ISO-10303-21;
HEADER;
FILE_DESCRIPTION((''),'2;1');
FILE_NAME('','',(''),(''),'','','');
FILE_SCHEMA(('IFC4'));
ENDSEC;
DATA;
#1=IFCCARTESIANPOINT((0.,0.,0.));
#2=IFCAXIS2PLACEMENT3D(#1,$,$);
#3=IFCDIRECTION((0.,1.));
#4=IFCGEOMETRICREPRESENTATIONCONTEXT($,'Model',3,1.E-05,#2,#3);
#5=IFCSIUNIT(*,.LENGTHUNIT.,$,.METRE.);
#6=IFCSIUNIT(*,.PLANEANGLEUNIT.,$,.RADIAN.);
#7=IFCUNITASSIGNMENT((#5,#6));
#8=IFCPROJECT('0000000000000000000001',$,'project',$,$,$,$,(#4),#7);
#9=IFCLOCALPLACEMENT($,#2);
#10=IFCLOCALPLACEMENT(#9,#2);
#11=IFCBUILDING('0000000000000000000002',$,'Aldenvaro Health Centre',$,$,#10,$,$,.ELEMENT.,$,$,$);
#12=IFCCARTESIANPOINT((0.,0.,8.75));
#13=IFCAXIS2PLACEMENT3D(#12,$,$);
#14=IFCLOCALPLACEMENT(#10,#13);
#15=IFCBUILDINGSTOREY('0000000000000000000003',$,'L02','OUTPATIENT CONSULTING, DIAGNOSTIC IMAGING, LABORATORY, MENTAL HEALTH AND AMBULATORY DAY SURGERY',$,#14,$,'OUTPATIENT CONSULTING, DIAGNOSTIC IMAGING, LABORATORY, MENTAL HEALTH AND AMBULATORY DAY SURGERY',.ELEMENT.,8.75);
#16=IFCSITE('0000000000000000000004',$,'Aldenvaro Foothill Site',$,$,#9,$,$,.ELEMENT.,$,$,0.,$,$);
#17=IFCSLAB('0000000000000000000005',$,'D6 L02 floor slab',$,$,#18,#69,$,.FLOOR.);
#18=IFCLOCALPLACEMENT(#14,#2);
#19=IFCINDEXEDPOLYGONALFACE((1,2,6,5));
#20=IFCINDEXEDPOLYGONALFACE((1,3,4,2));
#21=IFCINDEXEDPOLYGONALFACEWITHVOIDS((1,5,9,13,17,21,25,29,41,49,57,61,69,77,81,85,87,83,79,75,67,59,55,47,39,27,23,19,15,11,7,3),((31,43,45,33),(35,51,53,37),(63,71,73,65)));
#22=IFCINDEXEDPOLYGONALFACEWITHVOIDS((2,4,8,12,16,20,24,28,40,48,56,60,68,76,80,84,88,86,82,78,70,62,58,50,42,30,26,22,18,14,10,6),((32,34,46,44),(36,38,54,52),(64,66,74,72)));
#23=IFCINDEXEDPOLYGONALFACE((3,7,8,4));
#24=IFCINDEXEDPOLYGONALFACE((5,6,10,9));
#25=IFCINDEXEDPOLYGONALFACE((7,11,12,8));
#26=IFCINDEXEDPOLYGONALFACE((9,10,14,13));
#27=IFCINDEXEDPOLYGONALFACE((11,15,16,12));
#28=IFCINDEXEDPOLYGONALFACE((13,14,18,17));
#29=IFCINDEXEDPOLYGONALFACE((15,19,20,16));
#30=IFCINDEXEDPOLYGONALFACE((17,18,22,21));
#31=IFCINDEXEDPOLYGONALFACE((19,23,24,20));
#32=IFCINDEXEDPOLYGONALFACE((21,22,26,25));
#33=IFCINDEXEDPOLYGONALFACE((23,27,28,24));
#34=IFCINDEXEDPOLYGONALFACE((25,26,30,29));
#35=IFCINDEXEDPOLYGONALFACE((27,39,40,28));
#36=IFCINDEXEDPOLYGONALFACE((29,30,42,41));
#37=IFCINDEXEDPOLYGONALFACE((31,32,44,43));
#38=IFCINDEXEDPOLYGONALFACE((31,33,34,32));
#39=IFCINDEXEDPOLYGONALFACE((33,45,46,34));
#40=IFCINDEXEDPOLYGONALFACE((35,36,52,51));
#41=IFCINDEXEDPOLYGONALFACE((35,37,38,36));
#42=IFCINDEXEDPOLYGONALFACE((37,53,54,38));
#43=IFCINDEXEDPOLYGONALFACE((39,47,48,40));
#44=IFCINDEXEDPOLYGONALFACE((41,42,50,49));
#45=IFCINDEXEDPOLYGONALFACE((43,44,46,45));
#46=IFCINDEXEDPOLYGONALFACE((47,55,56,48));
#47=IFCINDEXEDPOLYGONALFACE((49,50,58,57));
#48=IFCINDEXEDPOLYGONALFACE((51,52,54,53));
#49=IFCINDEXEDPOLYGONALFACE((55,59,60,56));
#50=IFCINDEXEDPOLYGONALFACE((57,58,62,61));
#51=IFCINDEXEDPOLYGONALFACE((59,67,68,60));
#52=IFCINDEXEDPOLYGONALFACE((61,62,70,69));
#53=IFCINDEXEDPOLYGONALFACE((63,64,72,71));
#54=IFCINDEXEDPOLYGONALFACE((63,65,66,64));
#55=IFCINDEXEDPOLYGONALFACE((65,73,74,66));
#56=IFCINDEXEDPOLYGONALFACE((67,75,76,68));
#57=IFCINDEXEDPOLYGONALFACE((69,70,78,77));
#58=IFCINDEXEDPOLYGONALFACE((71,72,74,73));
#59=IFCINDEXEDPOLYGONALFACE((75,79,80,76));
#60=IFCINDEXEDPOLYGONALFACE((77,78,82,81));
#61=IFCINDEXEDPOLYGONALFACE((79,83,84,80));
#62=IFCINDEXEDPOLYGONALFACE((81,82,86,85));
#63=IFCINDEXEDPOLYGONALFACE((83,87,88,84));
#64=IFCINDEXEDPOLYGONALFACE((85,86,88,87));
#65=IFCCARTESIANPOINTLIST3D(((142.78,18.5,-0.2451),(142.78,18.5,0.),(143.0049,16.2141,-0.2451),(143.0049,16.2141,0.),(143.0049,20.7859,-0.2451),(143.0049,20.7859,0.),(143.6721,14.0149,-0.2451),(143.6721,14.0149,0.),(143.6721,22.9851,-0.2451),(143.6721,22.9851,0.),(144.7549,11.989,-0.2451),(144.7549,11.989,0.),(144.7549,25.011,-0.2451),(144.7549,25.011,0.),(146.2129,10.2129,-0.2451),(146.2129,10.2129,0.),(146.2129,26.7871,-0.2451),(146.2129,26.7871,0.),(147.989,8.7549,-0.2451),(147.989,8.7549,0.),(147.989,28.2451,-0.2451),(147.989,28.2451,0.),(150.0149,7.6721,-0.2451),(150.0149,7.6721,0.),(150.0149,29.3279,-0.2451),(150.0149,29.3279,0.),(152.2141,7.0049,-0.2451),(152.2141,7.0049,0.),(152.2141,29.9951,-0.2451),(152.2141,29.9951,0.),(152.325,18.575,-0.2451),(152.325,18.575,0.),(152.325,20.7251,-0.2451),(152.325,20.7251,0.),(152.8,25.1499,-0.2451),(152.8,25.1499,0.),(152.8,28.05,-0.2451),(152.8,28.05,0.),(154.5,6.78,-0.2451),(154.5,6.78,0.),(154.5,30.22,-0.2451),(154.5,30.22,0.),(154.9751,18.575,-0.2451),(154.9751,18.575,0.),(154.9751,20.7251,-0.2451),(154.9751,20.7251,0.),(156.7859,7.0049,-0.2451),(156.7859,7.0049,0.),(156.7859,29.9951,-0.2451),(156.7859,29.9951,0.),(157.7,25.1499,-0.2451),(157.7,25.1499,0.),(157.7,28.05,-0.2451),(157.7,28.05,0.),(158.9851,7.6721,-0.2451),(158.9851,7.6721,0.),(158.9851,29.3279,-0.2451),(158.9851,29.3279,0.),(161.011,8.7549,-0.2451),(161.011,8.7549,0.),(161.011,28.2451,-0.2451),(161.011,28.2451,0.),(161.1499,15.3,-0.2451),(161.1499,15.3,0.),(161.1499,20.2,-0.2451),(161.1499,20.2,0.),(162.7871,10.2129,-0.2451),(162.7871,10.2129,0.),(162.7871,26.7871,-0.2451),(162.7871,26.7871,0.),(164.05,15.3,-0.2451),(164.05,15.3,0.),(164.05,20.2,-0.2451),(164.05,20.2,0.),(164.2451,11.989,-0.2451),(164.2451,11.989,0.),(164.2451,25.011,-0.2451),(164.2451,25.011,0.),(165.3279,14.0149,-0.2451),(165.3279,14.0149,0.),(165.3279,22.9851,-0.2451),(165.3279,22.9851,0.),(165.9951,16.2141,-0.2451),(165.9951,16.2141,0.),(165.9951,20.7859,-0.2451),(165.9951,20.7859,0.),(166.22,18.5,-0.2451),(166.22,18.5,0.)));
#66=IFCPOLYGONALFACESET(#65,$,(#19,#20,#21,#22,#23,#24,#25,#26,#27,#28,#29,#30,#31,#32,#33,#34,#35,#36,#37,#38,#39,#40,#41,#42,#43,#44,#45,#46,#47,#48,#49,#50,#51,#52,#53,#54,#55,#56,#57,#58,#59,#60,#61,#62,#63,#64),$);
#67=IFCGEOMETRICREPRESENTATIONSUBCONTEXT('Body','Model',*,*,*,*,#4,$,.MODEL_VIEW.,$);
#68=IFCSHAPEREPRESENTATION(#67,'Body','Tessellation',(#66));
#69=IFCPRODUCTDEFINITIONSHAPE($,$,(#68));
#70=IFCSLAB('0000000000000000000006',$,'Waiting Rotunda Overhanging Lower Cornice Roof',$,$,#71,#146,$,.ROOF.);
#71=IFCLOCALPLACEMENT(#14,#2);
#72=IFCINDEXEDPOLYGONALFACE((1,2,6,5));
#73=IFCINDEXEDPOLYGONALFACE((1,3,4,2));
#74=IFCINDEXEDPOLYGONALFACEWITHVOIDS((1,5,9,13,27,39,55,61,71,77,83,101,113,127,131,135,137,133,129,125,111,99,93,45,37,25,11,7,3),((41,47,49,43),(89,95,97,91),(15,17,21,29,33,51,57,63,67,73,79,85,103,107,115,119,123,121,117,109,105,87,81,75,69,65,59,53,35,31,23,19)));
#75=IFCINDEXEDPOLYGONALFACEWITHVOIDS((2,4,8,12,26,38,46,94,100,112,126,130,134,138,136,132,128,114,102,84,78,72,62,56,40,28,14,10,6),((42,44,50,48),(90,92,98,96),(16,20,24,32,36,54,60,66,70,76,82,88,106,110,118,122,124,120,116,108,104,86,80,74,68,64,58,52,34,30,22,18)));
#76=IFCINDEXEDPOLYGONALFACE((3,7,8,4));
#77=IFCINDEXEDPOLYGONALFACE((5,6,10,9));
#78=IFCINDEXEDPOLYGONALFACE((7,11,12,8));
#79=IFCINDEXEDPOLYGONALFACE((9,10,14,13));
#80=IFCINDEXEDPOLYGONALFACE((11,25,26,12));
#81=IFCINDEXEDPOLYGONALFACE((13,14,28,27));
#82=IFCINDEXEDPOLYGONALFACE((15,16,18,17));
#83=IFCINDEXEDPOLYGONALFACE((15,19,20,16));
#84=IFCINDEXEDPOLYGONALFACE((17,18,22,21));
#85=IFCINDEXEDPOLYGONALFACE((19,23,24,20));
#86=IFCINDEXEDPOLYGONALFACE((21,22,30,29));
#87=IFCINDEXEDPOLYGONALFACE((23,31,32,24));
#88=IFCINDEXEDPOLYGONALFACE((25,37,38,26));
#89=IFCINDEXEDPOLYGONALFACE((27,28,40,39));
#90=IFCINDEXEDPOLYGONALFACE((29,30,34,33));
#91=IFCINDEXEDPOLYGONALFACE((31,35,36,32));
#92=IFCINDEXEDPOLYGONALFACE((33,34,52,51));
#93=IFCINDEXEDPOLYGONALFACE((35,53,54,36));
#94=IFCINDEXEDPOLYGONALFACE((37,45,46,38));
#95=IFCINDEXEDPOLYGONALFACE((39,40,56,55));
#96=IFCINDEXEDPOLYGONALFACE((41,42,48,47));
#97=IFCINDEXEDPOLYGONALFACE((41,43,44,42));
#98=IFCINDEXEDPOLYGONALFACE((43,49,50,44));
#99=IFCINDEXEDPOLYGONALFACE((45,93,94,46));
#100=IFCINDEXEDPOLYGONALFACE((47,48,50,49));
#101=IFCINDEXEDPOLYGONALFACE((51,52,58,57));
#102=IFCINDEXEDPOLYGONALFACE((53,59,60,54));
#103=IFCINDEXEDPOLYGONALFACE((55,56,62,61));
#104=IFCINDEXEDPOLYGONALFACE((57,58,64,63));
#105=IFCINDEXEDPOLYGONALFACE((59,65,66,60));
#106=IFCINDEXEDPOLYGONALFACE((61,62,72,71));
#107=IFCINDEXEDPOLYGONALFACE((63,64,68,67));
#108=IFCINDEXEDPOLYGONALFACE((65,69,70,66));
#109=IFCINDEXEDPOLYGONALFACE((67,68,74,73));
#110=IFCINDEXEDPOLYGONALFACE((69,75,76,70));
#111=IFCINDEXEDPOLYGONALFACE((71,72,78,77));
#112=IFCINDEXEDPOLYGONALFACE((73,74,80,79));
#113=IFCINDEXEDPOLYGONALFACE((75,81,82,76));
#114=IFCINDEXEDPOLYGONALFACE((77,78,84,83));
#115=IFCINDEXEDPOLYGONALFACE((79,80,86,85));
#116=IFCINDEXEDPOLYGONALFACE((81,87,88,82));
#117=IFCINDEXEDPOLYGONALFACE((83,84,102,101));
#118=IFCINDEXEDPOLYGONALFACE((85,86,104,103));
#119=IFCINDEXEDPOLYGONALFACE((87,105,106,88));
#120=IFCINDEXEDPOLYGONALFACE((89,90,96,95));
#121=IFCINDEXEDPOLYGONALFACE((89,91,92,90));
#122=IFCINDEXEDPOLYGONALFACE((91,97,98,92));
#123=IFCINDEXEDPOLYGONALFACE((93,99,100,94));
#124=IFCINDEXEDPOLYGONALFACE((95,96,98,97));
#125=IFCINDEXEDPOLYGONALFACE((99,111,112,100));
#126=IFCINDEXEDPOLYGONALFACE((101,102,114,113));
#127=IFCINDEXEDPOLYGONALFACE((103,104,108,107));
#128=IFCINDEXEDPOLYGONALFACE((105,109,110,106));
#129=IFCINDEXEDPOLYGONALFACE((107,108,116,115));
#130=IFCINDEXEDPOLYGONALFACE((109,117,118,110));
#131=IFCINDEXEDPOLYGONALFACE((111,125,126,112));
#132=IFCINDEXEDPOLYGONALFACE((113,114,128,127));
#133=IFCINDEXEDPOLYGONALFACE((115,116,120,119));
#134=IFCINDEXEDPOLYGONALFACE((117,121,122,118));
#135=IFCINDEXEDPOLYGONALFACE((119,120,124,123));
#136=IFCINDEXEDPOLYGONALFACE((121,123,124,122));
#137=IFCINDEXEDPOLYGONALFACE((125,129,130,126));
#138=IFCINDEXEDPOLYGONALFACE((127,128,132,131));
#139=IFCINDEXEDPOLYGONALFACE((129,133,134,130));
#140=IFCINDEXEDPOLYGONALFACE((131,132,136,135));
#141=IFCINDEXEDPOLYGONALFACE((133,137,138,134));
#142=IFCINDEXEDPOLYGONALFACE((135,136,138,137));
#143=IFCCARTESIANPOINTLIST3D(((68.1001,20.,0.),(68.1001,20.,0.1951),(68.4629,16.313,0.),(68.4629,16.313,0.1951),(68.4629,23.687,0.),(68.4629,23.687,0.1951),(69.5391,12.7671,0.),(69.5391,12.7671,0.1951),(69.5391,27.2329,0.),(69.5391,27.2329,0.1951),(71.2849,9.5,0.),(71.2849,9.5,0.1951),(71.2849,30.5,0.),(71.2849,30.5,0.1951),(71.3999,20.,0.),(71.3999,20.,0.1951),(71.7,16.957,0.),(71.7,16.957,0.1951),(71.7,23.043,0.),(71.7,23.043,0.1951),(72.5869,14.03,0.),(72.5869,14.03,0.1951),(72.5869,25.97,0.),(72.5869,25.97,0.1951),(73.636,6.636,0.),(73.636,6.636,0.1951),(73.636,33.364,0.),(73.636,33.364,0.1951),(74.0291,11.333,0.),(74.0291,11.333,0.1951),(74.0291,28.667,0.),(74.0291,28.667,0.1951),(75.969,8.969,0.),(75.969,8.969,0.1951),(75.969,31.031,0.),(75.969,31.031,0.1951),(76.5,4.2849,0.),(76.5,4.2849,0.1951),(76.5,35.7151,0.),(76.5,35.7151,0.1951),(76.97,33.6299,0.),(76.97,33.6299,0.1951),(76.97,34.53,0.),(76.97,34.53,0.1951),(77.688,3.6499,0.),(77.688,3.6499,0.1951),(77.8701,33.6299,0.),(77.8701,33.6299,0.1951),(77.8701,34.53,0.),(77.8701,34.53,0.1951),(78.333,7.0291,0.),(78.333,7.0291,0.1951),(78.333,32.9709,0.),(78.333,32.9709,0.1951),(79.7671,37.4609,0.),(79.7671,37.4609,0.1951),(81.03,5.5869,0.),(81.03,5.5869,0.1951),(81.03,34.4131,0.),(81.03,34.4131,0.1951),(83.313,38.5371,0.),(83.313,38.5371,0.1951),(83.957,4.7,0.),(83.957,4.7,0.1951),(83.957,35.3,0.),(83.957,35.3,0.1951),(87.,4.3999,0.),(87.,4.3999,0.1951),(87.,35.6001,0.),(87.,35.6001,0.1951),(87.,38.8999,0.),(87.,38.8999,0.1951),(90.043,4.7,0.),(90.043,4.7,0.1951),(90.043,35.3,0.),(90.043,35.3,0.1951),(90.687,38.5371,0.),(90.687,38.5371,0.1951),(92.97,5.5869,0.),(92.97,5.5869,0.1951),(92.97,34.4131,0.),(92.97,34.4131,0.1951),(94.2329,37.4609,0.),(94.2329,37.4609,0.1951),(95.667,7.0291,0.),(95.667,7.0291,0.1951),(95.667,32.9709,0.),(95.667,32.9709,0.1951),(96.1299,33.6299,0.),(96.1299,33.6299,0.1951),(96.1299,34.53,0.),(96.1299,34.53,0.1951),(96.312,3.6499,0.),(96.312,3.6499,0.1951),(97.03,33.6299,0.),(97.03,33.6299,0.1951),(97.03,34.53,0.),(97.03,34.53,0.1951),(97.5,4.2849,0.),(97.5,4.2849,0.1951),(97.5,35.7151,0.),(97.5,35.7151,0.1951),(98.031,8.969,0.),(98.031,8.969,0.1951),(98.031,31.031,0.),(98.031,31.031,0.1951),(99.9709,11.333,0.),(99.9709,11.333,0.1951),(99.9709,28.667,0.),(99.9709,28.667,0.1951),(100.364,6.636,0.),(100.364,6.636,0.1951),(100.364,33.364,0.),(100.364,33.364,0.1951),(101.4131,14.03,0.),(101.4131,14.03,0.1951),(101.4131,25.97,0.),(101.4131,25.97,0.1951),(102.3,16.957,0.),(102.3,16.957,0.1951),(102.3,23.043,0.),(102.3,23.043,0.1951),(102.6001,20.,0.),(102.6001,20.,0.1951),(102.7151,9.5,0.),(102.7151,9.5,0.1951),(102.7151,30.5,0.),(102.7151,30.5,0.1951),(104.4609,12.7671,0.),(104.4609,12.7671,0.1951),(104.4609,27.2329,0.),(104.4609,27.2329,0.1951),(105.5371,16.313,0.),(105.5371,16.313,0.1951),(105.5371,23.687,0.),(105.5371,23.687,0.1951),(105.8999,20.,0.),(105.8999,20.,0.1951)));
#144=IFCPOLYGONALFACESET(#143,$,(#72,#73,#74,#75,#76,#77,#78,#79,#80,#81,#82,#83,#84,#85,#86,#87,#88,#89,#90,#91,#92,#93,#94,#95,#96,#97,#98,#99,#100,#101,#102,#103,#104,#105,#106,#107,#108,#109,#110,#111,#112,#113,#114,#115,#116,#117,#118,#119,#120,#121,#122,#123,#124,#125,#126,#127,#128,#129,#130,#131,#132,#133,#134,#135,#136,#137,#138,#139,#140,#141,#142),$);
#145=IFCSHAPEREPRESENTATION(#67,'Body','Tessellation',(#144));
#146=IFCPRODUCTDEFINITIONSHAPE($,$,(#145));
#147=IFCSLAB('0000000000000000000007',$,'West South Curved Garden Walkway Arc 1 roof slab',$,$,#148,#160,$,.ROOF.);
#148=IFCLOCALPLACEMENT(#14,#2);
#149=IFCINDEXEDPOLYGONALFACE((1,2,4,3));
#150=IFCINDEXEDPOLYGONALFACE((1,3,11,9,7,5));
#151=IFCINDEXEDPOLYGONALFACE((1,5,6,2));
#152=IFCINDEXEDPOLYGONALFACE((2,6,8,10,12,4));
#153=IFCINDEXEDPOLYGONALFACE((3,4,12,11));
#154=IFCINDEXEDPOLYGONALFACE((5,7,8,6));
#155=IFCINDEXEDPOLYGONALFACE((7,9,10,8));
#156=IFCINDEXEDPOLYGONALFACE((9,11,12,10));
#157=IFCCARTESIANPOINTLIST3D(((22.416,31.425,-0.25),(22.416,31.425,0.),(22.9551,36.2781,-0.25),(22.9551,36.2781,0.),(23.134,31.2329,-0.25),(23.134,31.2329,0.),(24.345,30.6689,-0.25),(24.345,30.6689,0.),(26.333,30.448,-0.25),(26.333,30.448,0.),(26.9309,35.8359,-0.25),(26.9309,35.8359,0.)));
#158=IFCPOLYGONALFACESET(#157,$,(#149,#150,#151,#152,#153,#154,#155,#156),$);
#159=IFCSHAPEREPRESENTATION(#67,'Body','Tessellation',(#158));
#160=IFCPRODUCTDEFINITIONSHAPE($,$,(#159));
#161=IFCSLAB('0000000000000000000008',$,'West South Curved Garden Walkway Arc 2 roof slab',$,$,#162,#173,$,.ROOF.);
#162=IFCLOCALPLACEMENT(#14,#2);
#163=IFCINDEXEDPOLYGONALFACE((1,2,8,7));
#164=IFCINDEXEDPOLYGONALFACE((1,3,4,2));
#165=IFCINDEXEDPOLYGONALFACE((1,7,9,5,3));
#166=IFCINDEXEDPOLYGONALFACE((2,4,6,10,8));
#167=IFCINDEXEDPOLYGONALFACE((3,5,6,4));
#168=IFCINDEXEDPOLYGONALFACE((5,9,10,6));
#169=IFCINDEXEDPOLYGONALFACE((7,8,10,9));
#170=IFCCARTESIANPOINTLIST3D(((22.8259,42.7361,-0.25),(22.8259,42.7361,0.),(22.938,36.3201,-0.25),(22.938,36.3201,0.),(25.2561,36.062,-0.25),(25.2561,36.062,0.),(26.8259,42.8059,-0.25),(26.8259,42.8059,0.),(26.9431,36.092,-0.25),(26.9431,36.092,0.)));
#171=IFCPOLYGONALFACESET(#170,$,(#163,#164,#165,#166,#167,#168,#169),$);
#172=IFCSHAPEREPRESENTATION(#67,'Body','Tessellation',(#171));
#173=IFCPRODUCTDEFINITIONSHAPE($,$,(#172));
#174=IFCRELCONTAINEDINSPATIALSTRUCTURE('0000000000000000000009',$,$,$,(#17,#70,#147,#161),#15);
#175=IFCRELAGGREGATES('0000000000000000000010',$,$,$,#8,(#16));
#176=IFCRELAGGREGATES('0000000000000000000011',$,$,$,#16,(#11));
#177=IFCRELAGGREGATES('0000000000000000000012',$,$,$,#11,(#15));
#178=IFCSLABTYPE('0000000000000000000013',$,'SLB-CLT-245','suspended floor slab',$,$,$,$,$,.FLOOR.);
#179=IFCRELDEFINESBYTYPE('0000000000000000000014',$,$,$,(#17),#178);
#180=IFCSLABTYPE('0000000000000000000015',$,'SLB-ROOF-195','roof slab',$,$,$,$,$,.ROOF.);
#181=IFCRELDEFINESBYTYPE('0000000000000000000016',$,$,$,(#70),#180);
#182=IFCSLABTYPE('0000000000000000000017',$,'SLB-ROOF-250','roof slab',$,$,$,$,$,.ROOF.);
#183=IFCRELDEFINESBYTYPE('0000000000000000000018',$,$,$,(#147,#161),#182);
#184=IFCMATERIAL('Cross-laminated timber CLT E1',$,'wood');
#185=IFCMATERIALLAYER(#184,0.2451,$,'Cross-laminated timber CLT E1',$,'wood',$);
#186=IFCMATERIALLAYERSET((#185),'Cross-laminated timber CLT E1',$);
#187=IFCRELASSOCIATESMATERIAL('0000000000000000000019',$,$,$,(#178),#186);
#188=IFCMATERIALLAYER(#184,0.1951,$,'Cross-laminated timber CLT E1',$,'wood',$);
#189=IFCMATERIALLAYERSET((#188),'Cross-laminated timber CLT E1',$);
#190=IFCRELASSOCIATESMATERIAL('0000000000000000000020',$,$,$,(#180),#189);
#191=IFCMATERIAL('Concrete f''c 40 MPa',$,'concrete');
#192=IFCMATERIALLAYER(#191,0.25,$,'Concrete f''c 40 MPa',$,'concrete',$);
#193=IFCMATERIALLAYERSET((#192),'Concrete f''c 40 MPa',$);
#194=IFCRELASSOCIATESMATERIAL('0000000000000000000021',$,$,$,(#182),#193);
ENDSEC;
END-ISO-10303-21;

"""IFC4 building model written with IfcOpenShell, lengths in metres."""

from ifc_helpers import new_model, si_unit, direction, frame, origin, place, context, subcontext, project, spatial, polyline, outline, extrude, material, layer, layer_set, type_object, element, save


model = new_model("IFC4")

# Units and contexts
model_context = context("Model", 3, precision=1e-05, world=origin(), true_north=direction((0.0, 1.0)))
body_context = subcontext(model_context, "Body", "Model", "MODEL_VIEW")
ifc_project = project(units=[si_unit("LENGTHUNIT", "METRE"), si_unit("PLANEANGLEUNIT", "RADIAN")], contexts=[model_context])

# Site, building, storey
site_placement = place(None, origin())
site = spatial("IfcSite", under=ifc_project, at=site_placement, Name="Aldenvaro Foothill Site", CompositionType="ELEMENT", RefElevation=0.0)
building_placement = place(site_placement, origin())
building = spatial("IfcBuilding", under=site, at=building_placement, Name="Aldenvaro Health Centre", CompositionType="ELEMENT")
storey_placement = place(building_placement, frame((0.0, 0.0, 8.75)))
storey = spatial("IfcBuildingStorey", under=building, at=storey_placement, Name="L02", Description="OUTPATIENT CONSULTING, DIAGNOSTIC IMAGING, LABORATORY, MENTAL HEALTH AND AMBULATORY DAY SURGERY", LongName="OUTPATIENT CONSULTING, DIAGNOSTIC IMAGING, LABORATORY, MENTAL HEALTH AND AMBULATORY DAY SURGERY", CompositionType="ELEMENT", Elevation=8.75)

# Slabs
ifc_material_1 = material(Name="Cross-laminated timber CLT E1", Category="wood")
ifc_layer_1 = layer(ifc_material_1, 0.2451, Name="Cross-laminated timber CLT E1", Category="wood")
ifc_layer_set_1 = layer_set([ifc_layer_1], Name="Cross-laminated timber CLT E1")
slab_type_1 = type_object("IfcSlabType", Name="SLB-CLT-245", Description="suspended floor slab", PredefinedType="FLOOR", material=ifc_layer_set_1)
slab_1_placement = place(storey_placement, frame((0.0, 0.0, -0.2451)))
element("IfcSlab", 1, at=slab_1_placement, inside=storey, type_object=slab_type_1, Name="D6 L02 floor slab", PredefinedType="FLOOR", context=body_context, shape_type="SweptSolid", body=[
    extrude(outline(polyline([(166.22, 18.5), (165.9951, 20.7859), (165.3279, 22.9851), (164.2451, 25.011), (162.7871, 26.7871), (161.011, 28.2451), (158.9851, 29.3279), (156.7859, 29.9951), (154.5, 30.22), (152.2141, 29.9951), (150.0149, 29.3279), (147.989, 28.2451), (146.2129, 26.7871), (144.7549, 25.011), (143.6721, 22.9851), (143.0049, 20.7859), (142.78, 18.5), (143.0049, 16.2141), (143.6721, 14.0149), (144.7549, 11.989), (146.2129, 10.2129), (147.989, 8.7549), (150.0149, 7.6721), (152.2141, 7.0049), (154.5, 6.78), (156.7859, 7.0049), (158.9851, 7.6721), (161.011, 8.7549), (162.7871, 10.2129), (164.2451, 11.989), (165.3279, 14.0149), (165.9951, 16.2141), (166.22, 18.5)]), holes=[polyline([(161.1499, 20.2), (161.1499, 15.3), (164.05, 15.3), (164.05, 20.2), (161.1499, 20.2)]), polyline([(152.8, 25.1499), (157.7, 25.1499), (157.7, 28.05), (152.8, 28.05), (152.8, 25.1499)]), polyline([(152.325, 18.575), (154.9751, 18.575), (154.9751, 20.7251), (152.325, 20.7251), (152.325, 18.575)])]), origin(), (0.0, 0.0, 1.0), 0.2451),
])
ifc_layer_2 = layer(ifc_material_1, 0.1951, Name="Cross-laminated timber CLT E1", Category="wood")
ifc_layer_set_2 = layer_set([ifc_layer_2], Name="Cross-laminated timber CLT E1")
slab_type_2 = type_object("IfcSlabType", Name="SLB-ROOF-195", Description="roof slab", PredefinedType="ROOF", material=ifc_layer_set_2)
slab_2_placement = place(storey_placement, origin())
element("IfcSlab", 2, at=slab_2_placement, inside=storey, type_object=slab_type_2, Name="Waiting Rotunda Overhanging Lower Cornice Roof", PredefinedType="ROOF", context=body_context, shape_type="SweptSolid", body=[
    extrude(outline(polyline([(76.5, 4.2849), (73.636, 6.636), (71.2849, 9.5), (69.5391, 12.7671), (68.4629, 16.313), (68.1001, 20.0), (68.4629, 23.687), (69.5391, 27.2329), (71.2849, 30.5), (73.636, 33.364), (76.5, 35.7151), (79.7671, 37.4609), (83.313, 38.5371), (87.0, 38.8999), (90.687, 38.5371), (94.2329, 37.4609), (97.5, 35.7151), (100.364, 33.364), (102.7151, 30.5), (104.4609, 27.2329), (105.5371, 23.687), (105.8999, 20.0), (105.5371, 16.313), (104.4609, 12.7671), (102.7151, 9.5), (100.364, 6.636), (97.5, 4.2849), (96.312, 3.6499), (77.688, 3.6499), (76.5, 4.2849)]), holes=[polyline([(102.3, 23.043), (101.4131, 25.97), (99.9709, 28.667), (98.031, 31.031), (95.667, 32.9709), (92.97, 34.4131), (90.043, 35.3), (87.0, 35.6001), (83.957, 35.3), (81.03, 34.4131), (78.333, 32.9709), (75.969, 31.031), (74.0291, 28.667), (72.5869, 25.97), (71.7, 23.043), (71.3999, 20.0), (71.7, 16.957), (72.5869, 14.03), (74.0291, 11.333), (75.969, 8.969), (78.333, 7.0291), (81.03, 5.5869), (83.957, 4.7), (87.0, 4.3999), (90.043, 4.7), (92.97, 5.5869), (95.667, 7.0291), (98.031, 8.969), (99.9709, 11.333), (101.4131, 14.03), (102.3, 16.957), (102.6001, 20.0), (102.3, 23.043)]), polyline([(77.8701, 33.6299), (77.8701, 34.53), (76.97, 34.53), (76.97, 33.6299), (77.8701, 33.6299)]), polyline([(97.03, 33.6299), (97.03, 34.53), (96.1299, 34.53), (96.1299, 33.6299), (97.03, 33.6299)])]), origin(), (0.0, 0.0, 1.0), 0.1951),
])
ifc_material_2 = material(Name="Concrete f'c 40 MPa", Category="concrete")
ifc_layer_3 = layer(ifc_material_2, 0.25, Name="Concrete f'c 40 MPa", Category="concrete")
ifc_layer_set_3 = layer_set([ifc_layer_3], Name="Concrete f'c 40 MPa")
slab_type_3 = type_object("IfcSlabType", Name="SLB-ROOF-250", Description="roof slab", PredefinedType="ROOF", material=ifc_layer_set_3)
slab_3_placement = place(storey_placement, frame((0.0, 0.0, -0.25)))
element("IfcSlab", 3, at=slab_3_placement, inside=storey, type_object=slab_type_3, Name="West South Curved Garden Walkway Arc 1 roof slab", PredefinedType="ROOF", context=body_context, shape_type="SweptSolid", body=[
    extrude(outline(polyline([(22.9551, 36.2781), (26.9309, 35.8359), (26.333, 30.448), (24.345, 30.6689), (23.134, 31.2329), (22.416, 31.425), (22.9551, 36.2781)])), origin(), (0.0, 0.0, 1.0), 0.25),
])
slab_4_placement = place(storey_placement, frame((0.0, 0.0, -0.25)))
element("IfcSlab", 4, at=slab_4_placement, inside=storey, type_object=slab_type_3, Name="West South Curved Garden Walkway Arc 2 roof slab", PredefinedType="ROOF", context=body_context, shape_type="SweptSolid", body=[
    extrude(outline(polyline([(22.8259, 42.7361), (26.8259, 42.8059), (26.9431, 36.092), (25.2561, 36.062), (22.938, 36.3201), (22.8259, 42.7361)])), origin(), (0.0, 0.0, 1.0), 0.25),
])

save(model, "model.ifc")
